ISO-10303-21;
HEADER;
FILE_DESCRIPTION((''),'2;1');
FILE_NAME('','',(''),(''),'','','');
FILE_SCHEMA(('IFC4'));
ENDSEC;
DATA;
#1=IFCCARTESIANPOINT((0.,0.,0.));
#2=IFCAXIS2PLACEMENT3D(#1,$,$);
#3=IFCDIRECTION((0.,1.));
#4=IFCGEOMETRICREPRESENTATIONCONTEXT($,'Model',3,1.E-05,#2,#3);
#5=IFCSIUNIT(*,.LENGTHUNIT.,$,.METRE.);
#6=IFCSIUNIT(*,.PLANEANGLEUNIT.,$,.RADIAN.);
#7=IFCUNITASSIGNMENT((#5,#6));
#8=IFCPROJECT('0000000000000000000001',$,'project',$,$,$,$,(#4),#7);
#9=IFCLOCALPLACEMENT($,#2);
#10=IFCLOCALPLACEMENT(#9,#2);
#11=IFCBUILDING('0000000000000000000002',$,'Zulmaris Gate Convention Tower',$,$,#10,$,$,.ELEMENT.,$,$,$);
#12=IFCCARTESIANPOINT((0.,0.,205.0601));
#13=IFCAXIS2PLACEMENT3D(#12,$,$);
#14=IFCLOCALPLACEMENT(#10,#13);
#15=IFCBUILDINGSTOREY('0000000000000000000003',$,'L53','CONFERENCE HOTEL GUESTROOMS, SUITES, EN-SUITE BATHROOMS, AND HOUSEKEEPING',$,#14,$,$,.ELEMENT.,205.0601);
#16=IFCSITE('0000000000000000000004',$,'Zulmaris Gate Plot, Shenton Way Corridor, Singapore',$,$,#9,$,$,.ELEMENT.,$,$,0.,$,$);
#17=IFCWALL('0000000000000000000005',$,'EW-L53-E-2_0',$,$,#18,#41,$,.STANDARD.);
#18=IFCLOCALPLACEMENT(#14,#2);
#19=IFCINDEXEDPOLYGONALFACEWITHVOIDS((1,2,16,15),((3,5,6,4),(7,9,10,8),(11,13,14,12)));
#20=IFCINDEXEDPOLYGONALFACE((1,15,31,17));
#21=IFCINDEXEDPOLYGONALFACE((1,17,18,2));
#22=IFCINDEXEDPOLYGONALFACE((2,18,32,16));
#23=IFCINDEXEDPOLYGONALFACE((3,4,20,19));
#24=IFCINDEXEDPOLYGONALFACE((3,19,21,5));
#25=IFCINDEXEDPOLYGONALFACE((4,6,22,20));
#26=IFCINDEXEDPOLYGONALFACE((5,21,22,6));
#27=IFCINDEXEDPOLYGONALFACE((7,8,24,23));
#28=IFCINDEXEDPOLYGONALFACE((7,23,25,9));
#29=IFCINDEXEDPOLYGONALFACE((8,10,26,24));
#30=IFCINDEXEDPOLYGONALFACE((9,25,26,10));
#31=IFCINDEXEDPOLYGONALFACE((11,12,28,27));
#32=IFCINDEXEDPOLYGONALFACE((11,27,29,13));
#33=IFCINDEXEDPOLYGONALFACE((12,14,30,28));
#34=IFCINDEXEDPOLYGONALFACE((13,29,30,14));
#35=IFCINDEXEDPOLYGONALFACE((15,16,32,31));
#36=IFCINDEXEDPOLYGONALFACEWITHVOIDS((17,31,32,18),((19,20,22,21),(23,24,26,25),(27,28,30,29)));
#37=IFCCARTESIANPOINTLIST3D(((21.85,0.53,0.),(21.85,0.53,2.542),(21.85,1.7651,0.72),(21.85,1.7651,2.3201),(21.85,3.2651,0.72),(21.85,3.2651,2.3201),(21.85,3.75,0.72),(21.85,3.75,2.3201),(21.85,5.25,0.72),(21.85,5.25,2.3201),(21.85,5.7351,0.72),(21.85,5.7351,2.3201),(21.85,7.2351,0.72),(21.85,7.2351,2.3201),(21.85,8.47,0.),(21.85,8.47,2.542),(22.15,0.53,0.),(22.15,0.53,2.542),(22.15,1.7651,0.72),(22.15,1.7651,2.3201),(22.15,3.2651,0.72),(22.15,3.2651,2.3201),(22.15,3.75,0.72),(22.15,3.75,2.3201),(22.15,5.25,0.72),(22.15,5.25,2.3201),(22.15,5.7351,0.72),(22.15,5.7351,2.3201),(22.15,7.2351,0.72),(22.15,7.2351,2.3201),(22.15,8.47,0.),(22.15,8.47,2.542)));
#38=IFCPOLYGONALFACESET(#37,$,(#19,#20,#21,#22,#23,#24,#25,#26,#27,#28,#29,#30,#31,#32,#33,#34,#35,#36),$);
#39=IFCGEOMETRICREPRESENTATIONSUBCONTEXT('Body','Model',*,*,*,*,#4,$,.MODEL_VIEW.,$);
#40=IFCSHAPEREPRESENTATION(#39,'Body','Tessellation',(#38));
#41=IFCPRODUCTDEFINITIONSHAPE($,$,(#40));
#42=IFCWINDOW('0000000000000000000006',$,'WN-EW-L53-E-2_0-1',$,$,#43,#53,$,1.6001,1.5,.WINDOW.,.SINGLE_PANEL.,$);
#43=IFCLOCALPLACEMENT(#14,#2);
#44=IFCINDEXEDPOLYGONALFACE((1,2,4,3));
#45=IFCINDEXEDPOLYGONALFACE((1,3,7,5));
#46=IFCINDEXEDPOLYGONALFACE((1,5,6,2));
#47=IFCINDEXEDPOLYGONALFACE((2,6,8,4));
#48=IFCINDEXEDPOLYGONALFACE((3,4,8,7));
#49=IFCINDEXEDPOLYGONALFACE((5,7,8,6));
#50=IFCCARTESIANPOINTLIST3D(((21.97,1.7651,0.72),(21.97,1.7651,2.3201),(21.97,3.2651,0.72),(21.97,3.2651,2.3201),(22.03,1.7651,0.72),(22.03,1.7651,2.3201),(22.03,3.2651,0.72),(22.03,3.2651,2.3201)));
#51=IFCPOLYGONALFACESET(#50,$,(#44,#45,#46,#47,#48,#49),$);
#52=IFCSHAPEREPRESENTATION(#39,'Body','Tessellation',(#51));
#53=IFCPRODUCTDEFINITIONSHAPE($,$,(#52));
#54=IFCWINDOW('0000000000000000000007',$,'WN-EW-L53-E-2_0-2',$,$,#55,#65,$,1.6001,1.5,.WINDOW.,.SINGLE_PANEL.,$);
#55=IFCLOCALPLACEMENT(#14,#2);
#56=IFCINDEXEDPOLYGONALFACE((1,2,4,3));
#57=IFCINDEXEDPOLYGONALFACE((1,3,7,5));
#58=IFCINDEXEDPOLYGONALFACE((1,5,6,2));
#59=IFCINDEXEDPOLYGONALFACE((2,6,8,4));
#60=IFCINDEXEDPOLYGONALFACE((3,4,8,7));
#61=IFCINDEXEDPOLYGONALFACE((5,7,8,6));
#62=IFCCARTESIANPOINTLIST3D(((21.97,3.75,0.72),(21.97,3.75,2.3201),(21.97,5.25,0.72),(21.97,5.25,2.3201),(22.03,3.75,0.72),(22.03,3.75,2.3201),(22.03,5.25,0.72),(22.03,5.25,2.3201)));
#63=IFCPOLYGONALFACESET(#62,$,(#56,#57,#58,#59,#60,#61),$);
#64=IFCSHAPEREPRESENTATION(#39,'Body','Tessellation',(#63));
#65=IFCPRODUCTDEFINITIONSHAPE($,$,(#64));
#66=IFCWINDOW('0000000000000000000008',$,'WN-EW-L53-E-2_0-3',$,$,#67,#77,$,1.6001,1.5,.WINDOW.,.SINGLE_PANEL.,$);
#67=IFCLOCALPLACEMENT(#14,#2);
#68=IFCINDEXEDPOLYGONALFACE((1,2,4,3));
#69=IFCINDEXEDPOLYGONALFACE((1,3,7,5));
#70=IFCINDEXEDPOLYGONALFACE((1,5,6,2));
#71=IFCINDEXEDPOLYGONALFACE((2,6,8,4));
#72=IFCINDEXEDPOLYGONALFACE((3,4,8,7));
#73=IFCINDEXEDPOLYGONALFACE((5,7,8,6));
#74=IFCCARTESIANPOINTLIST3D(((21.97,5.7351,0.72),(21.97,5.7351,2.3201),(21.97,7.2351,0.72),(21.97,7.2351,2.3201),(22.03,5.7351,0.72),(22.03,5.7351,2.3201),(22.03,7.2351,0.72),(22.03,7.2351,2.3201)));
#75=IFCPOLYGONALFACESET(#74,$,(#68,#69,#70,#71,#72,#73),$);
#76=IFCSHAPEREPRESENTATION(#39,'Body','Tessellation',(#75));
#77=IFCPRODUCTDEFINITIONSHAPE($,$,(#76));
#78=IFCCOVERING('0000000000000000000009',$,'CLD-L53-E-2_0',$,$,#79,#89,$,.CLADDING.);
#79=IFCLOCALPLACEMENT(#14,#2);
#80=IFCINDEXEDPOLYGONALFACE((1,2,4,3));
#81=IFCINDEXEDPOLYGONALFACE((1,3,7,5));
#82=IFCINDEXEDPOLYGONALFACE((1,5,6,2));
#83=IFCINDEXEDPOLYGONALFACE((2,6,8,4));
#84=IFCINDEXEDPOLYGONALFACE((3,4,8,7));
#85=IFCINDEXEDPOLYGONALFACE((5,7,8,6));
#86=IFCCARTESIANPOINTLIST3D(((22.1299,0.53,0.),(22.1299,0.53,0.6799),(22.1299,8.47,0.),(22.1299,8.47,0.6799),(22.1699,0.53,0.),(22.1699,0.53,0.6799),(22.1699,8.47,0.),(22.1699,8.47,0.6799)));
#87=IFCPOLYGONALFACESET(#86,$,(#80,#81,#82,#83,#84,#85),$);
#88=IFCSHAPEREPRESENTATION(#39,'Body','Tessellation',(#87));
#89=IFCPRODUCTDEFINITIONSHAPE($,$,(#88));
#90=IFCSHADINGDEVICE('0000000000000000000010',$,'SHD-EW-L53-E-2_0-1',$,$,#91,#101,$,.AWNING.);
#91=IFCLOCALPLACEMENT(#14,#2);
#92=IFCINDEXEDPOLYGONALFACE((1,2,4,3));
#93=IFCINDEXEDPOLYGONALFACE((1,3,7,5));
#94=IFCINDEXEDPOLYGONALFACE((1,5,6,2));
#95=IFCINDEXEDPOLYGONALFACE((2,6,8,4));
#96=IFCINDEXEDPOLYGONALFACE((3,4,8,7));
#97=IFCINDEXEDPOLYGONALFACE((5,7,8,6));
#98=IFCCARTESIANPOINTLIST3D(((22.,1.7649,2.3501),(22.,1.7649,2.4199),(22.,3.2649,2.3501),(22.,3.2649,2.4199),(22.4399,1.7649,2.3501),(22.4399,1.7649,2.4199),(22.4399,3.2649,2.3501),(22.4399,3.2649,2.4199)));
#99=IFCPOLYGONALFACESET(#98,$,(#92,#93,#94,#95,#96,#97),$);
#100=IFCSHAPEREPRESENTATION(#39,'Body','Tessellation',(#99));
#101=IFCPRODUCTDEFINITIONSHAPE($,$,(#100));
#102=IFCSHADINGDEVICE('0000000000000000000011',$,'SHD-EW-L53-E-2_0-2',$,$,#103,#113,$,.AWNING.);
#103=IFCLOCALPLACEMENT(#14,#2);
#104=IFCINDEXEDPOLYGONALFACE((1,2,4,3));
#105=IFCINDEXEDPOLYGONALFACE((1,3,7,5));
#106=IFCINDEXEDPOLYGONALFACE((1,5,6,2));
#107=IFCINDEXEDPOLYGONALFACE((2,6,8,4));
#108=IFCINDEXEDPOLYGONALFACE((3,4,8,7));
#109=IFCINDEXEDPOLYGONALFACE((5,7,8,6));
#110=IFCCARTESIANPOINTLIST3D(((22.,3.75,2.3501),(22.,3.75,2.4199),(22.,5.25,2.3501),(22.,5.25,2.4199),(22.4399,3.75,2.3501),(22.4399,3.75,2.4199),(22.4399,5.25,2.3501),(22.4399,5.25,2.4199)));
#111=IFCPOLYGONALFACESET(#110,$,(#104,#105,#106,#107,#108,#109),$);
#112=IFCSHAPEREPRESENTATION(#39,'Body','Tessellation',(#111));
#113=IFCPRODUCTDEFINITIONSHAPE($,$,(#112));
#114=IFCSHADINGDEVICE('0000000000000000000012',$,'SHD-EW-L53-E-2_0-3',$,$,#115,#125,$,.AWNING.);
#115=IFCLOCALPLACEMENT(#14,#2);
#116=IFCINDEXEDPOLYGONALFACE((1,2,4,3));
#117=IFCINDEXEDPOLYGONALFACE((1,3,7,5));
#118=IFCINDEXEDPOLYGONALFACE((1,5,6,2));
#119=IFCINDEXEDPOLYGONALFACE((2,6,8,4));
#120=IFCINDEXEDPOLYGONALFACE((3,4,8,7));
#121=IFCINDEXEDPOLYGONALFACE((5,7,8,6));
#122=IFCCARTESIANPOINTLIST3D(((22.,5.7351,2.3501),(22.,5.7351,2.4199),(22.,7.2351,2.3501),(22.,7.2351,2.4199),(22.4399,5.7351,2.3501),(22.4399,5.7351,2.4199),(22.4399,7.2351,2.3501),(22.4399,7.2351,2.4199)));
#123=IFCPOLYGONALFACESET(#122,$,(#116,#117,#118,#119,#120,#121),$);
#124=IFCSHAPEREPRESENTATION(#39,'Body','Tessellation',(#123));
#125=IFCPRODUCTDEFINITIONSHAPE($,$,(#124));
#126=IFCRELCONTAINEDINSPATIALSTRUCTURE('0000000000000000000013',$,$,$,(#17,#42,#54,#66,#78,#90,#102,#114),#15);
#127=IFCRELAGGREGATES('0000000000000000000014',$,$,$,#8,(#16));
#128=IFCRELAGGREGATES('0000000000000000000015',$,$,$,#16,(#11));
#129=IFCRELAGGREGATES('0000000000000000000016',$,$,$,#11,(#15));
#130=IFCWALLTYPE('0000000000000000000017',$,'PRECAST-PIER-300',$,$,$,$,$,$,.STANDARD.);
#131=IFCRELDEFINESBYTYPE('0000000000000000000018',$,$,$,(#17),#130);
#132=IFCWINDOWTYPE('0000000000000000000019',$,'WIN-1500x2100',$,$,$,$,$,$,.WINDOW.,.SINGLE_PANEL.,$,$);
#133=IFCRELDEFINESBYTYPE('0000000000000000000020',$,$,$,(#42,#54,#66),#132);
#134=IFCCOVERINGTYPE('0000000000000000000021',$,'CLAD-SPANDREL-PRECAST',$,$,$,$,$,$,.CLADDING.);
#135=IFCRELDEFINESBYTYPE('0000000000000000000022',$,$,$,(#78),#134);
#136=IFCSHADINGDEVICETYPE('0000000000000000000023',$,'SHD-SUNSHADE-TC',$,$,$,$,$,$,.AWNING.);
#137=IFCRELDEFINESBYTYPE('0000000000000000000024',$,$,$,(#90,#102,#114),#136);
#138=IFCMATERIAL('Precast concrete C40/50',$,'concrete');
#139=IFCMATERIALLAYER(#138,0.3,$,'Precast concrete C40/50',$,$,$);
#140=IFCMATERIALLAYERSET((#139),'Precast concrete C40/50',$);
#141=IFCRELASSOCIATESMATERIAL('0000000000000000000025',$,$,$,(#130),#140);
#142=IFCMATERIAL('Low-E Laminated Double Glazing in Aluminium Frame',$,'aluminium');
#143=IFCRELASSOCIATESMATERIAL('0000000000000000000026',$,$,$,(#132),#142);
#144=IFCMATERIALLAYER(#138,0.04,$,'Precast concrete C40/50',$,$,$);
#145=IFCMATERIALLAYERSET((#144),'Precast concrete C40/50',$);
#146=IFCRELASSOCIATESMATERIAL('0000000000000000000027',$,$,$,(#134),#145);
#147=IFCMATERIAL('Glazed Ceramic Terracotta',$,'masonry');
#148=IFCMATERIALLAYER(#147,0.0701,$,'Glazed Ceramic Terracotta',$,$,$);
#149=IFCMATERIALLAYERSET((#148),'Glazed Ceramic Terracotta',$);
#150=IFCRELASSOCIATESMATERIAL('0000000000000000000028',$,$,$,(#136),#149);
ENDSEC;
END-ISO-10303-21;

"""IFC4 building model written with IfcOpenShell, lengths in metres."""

from ifc_helpers import new_model, si_unit, direction, frame, frame_2d, origin, place, context, subcontext, project, spatial, rectangle, extrude, material, layer, layer_set, type_object, element, fill, save


model = new_model("IFC4")

# Units and contexts
model_context = context("Model", 3, precision=1e-05, world=origin(), true_north=direction((0.0, 1.0)))
body_context = subcontext(model_context, "Body", "Model", "MODEL_VIEW")
ifc_project = project(units=[si_unit("LENGTHUNIT", "METRE"), si_unit("PLANEANGLEUNIT", "RADIAN")], contexts=[model_context])

# Site, building, storey
site_placement = place(None, origin())
site = spatial("IfcSite", under=ifc_project, at=site_placement, Name="Zulmaris Gate Plot, Shenton Way Corridor, Singapore", CompositionType="ELEMENT", RefElevation=0.0)
building_placement = place(site_placement, origin())
building = spatial("IfcBuilding", under=site, at=building_placement, Name="Zulmaris Gate Convention Tower", CompositionType="ELEMENT")
storey_placement = place(building_placement, frame((0.0, 0.0, 205.0601)))
storey = spatial("IfcBuildingStorey", under=building, at=storey_placement, Name="L53", Description="CONFERENCE HOTEL GUESTROOMS, SUITES, EN-SUITE BATHROOMS, AND HOUSEKEEPING", CompositionType="ELEMENT", Elevation=205.0601)

# Wall, openings, windows
ifc_material_1 = material(Name="Precast concrete C40/50", Category="concrete")
ifc_layer_1 = layer(ifc_material_1, 0.3, Name="Precast concrete C40/50")
ifc_layer_set_1 = layer_set([ifc_layer_1], Name="Precast concrete C40/50")
wall_type_1 = type_object("IfcWallType", Name="PRECAST-PIER-300", PredefinedType="STANDARD", material=ifc_layer_set_1)
wall_1_placement = place(storey_placement, frame((22.0, 0.53, 0.0), z_axis=(0.0, 0.0, 1.0), x_axis=(0.0, 1.0, 0.0)))
wall_1 = element("IfcWall", 1, at=wall_1_placement, inside=storey, type_object=wall_type_1, Name="EW-L53-E-2_0", PredefinedType="STANDARD", context=body_context, shape_type="SweptSolid", body=[
    extrude(rectangle(XDim=7.9399, YDim=0.3, at=frame_2d((3.97, 0.0))), origin(), (0.0, 0.0, 1.0), 2.542),
])
opening_1_placement = place(wall_1_placement, frame((1.2351, 0.0, 0.72)))
opening_1 = element("IfcOpeningElement", 2, at=opening_1_placement, cuts=wall_1, PredefinedType="OPENING", context=body_context, shape_type="SweptSolid", body=[
    extrude(rectangle(XDim=1.5, YDim=1.6001, at=frame_2d((0.75, 0.8))), frame((0.0, 0.1602, 0.0), z_axis=(0.0, -1.0, 0.0), x_axis=(1.0, 0.0, 0.0)), (0.0, 0.0, 1.0), 0.3201),
])
opening_2_placement = place(wall_1_placement, frame((3.22, 0.0, 0.72)))
opening_2 = element("IfcOpeningElement", 3, at=opening_2_placement, cuts=wall_1, PredefinedType="OPENING", context=body_context, shape_type="SweptSolid", body=[
    extrude(rectangle(XDim=1.5, YDim=1.6001, at=frame_2d((0.75, 0.8))), frame((0.0, 0.1602, 0.0), z_axis=(0.0, -1.0, 0.0), x_axis=(1.0, 0.0, 0.0)), (0.0, 0.0, 1.0), 0.3201),
])
opening_3_placement = place(wall_1_placement, frame((5.2051, 0.0, 0.72)))
opening_3 = element("IfcOpeningElement", 4, at=opening_3_placement, cuts=wall_1, PredefinedType="OPENING", context=body_context, shape_type="SweptSolid", body=[
    extrude(rectangle(XDim=1.5, YDim=1.6001, at=frame_2d((0.75, 0.8))), frame((0.0, 0.1602, 0.0), z_axis=(0.0, -1.0, 0.0), x_axis=(1.0, 0.0, 0.0)), (0.0, 0.0, 1.0), 0.3201),
])
ifc_material_2 = material(Name="Low-E Laminated Double Glazing in Aluminium Frame", Category="aluminium")
window_type = type_object("IfcWindowType", Name="WIN-1500x2100", PartitioningType="SINGLE_PANEL", PredefinedType="WINDOW", material=ifc_material_2)
window_1_placement = place(opening_1_placement, origin())
window_1 = element("IfcWindow", 5, at=window_1_placement, inside=storey, type_object=window_type, Name="WN-EW-L53-E-2_0-1", OverallHeight=1.6001, OverallWidth=1.5, PartitioningType="SINGLE_PANEL", PredefinedType="WINDOW", context=body_context, shape_type="SweptSolid", body=[
    extrude(rectangle(XDim=1.5, YDim=1.6001, at=frame_2d((0.75, 0.8))), frame((0.0, 0.03, 0.0), z_axis=(0.0, -1.0, 0.0), x_axis=(1.0, 0.0, 0.0)), (0.0, 0.0, 1.0), 0.0601),
])
fill(opening_1, window_1)
window_2_placement = place(opening_2_placement, origin())
window_2 = element("IfcWindow", 6, at=window_2_placement, inside=storey, type_object=window_type, Name="WN-EW-L53-E-2_0-2", OverallHeight=1.6001, OverallWidth=1.5, PartitioningType="SINGLE_PANEL", PredefinedType="WINDOW", context=body_context, shape_type="SweptSolid", body=[
    extrude(rectangle(XDim=1.5, YDim=1.6001, at=frame_2d((0.75, 0.8))), frame((0.0, 0.03, 0.0), z_axis=(0.0, -1.0, 0.0), x_axis=(1.0, 0.0, 0.0)), (0.0, 0.0, 1.0), 0.0601),
])
fill(opening_2, window_2)
window_3_placement = place(opening_3_placement, origin())
window_3 = element("IfcWindow", 7, at=window_3_placement, inside=storey, type_object=window_type, Name="WN-EW-L53-E-2_0-3", OverallHeight=1.6001, OverallWidth=1.5, PartitioningType="SINGLE_PANEL", PredefinedType="WINDOW", context=body_context, shape_type="SweptSolid", body=[
    extrude(rectangle(XDim=1.5, YDim=1.6001, at=frame_2d((0.75, 0.8))), frame((0.0, 0.03, 0.0), z_axis=(0.0, -1.0, 0.0), x_axis=(1.0, 0.0, 0.0)), (0.0, 0.0, 1.0), 0.0601),
])
fill(opening_3, window_3)

# Covering
ifc_layer_2 = layer(ifc_material_1, 0.04, Name="Precast concrete C40/50")
ifc_layer_set_2 = layer_set([ifc_layer_2], Name="Precast concrete C40/50")
covering_type = type_object("IfcCoveringType", Name="CLAD-SPANDREL-PRECAST", PredefinedType="CLADDING", material=ifc_layer_set_2)
covering_placement = place(storey_placement, frame((22.1499, 0.53, 0.0), z_axis=(0.0, 0.0, 1.0), x_axis=(0.0, 1.0, 0.0)))
element("IfcCovering", 8, at=covering_placement, inside=storey, type_object=covering_type, Name="CLD-L53-E-2_0", PredefinedType="CLADDING", context=body_context, shape_type="SweptSolid", body=[
    extrude(rectangle(XDim=7.9399, YDim=0.04, at=frame_2d((3.97, 0.0))), origin(), (0.0, 0.0, 1.0), 0.6799),
])

# Shading devices
ifc_material_3 = material(Name="Glazed Ceramic Terracotta", Category="masonry")
ifc_layer_3 = layer(ifc_material_3, 0.0701, Name="Glazed Ceramic Terracotta")
ifc_layer_set_3 = layer_set([ifc_layer_3], Name="Glazed Ceramic Terracotta")
shading_device_type = type_object("IfcShadingDeviceType", Name="SHD-SUNSHADE-TC", PredefinedType="AWNING", material=ifc_layer_set_3)
for number, where, z_axis, x_axis, name in (
    (9, (22.22, 1.7649, 2.3501), (0.0, 0.0, 1.0), (0.0, 1.0, 0.0), "SHD-EW-L53-E-2_0-1"),
    (10, (22.22, 3.75, 2.3501), (0.0, 0.0, 1.0), (0.0, 1.0, 0.0), "SHD-EW-L53-E-2_0-2"),
    (11, (22.22, 5.7351, 2.3501), (0.0, 0.0, 1.0), (0.0, 1.0, 0.0), "SHD-EW-L53-E-2_0-3"),
):
    element("IfcShadingDevice", number, at=place(storey_placement, frame(where, z_axis=z_axis, x_axis=x_axis)), inside=storey, type_object=shading_device_type, Name=name, PredefinedType="AWNING", context=body_context, shape_type="SweptSolid", body=[
        extrude(rectangle(XDim=1.5, YDim=0.4399, at=frame_2d((0.75, 0.0))), origin(), (0.0, 0.0, 1.0), 0.0698),
    ])

save(model, "model.ifc")
